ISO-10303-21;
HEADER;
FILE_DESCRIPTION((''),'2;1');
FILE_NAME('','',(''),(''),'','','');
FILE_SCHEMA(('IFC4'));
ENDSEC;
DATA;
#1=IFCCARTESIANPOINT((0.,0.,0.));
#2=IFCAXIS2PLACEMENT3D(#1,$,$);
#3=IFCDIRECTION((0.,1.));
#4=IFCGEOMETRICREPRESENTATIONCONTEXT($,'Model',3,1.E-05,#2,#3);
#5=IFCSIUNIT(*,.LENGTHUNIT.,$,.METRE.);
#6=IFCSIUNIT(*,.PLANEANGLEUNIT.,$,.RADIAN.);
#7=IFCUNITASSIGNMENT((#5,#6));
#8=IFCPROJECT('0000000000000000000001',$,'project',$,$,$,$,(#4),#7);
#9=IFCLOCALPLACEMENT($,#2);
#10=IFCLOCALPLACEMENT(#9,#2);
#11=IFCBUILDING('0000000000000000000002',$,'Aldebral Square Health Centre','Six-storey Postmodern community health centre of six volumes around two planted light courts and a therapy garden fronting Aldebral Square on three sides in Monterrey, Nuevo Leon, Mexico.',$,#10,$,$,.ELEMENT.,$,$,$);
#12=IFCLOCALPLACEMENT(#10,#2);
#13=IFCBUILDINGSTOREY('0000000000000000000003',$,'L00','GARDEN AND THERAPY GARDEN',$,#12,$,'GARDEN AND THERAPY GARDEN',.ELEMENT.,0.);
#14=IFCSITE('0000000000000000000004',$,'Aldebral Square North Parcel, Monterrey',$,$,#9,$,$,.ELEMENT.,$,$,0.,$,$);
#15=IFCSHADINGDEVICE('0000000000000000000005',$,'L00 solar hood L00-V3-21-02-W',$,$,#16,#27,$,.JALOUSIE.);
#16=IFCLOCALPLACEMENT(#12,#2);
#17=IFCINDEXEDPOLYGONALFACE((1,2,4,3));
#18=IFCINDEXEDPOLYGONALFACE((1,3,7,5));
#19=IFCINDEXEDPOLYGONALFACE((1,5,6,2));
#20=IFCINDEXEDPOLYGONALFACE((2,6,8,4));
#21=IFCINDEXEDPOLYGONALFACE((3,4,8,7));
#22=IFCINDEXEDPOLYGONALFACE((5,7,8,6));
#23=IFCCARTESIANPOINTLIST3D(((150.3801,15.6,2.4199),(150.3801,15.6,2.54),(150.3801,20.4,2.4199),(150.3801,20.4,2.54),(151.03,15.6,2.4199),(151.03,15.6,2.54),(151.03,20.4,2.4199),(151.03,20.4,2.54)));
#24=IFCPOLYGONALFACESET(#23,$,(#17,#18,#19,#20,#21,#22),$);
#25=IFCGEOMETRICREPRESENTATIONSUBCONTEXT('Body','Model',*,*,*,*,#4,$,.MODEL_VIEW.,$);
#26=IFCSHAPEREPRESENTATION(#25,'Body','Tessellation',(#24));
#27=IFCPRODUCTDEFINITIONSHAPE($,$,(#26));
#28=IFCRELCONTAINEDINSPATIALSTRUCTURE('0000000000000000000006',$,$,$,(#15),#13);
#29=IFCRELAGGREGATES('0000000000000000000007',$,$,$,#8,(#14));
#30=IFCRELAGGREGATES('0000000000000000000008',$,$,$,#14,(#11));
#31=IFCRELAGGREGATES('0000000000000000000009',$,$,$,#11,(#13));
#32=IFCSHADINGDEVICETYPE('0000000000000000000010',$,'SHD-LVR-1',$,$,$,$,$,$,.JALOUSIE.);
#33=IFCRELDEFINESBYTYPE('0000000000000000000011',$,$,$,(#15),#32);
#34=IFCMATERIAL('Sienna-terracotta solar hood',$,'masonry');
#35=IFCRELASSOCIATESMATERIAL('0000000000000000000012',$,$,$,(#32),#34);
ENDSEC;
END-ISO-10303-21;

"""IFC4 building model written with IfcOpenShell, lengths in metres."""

from ifc_helpers import new_model, si_unit, direction, frame, origin, origin_2d, place, context, subcontext, project, spatial, rectangle, extrude, material, type_object, element, save


model = new_model("IFC4")

# Units and contexts
model_context = context("Model", 3, precision=1e-05, world=origin(), true_north=direction((0.0, 1.0)))
body_context = subcontext(model_context, "Body", "Model", "MODEL_VIEW")
ifc_project = project(units=[si_unit("LENGTHUNIT", "METRE"), si_unit("PLANEANGLEUNIT", "RADIAN")], contexts=[model_context])

# Site, building, storey
site_placement = place(None, origin())
site = spatial("IfcSite", under=ifc_project, at=site_placement, Name="Aldebral Square North Parcel, Monterrey", CompositionType="ELEMENT", RefElevation=0.0)
building_placement = place(site_placement, origin())
building = spatial("IfcBuilding", under=site, at=building_placement, Name="Aldebral Square Health Centre", Description="Six-storey Postmodern community health centre of six volumes around two planted light courts and a therapy garden fronting Aldebral Square on three sides in Monterrey, Nuevo Leon, Mexico.", CompositionType="ELEMENT")
storey_placement = place(building_placement, origin())
storey = spatial("IfcBuildingStorey", under=building, at=storey_placement, Name="L00", Description="GARDEN AND THERAPY GARDEN", LongName="GARDEN AND THERAPY GARDEN", CompositionType="ELEMENT", Elevation=0.0)

# Shading device
ifc_material_1 = material(Name="Sienna-terracotta solar hood", Category="masonry")
shading_device_type = type_object("IfcShadingDeviceType", Name="SHD-LVR-1", PredefinedType="JALOUSIE", material=ifc_material_1)
shading_device_placement = place(storey_placement, frame((150.7051, 18.0, 2.4199), z_axis=(0.0, 0.0, 1.0), x_axis=(0.0, 1.0, 0.0)))
element("IfcShadingDevice", 1, at=shading_device_placement, inside=storey, type_object=shading_device_type, Name="L00 solar hood L00-V3-21-02-W", PredefinedType="JALOUSIE", context=body_context, shape_type="SweptSolid", body=[
    extrude(rectangle(XDim=4.8, YDim=0.6499, at=origin_2d()), origin(), (0.0, 0.0, 1.0), 0.1201),
])

save(model, "model.ifc")
